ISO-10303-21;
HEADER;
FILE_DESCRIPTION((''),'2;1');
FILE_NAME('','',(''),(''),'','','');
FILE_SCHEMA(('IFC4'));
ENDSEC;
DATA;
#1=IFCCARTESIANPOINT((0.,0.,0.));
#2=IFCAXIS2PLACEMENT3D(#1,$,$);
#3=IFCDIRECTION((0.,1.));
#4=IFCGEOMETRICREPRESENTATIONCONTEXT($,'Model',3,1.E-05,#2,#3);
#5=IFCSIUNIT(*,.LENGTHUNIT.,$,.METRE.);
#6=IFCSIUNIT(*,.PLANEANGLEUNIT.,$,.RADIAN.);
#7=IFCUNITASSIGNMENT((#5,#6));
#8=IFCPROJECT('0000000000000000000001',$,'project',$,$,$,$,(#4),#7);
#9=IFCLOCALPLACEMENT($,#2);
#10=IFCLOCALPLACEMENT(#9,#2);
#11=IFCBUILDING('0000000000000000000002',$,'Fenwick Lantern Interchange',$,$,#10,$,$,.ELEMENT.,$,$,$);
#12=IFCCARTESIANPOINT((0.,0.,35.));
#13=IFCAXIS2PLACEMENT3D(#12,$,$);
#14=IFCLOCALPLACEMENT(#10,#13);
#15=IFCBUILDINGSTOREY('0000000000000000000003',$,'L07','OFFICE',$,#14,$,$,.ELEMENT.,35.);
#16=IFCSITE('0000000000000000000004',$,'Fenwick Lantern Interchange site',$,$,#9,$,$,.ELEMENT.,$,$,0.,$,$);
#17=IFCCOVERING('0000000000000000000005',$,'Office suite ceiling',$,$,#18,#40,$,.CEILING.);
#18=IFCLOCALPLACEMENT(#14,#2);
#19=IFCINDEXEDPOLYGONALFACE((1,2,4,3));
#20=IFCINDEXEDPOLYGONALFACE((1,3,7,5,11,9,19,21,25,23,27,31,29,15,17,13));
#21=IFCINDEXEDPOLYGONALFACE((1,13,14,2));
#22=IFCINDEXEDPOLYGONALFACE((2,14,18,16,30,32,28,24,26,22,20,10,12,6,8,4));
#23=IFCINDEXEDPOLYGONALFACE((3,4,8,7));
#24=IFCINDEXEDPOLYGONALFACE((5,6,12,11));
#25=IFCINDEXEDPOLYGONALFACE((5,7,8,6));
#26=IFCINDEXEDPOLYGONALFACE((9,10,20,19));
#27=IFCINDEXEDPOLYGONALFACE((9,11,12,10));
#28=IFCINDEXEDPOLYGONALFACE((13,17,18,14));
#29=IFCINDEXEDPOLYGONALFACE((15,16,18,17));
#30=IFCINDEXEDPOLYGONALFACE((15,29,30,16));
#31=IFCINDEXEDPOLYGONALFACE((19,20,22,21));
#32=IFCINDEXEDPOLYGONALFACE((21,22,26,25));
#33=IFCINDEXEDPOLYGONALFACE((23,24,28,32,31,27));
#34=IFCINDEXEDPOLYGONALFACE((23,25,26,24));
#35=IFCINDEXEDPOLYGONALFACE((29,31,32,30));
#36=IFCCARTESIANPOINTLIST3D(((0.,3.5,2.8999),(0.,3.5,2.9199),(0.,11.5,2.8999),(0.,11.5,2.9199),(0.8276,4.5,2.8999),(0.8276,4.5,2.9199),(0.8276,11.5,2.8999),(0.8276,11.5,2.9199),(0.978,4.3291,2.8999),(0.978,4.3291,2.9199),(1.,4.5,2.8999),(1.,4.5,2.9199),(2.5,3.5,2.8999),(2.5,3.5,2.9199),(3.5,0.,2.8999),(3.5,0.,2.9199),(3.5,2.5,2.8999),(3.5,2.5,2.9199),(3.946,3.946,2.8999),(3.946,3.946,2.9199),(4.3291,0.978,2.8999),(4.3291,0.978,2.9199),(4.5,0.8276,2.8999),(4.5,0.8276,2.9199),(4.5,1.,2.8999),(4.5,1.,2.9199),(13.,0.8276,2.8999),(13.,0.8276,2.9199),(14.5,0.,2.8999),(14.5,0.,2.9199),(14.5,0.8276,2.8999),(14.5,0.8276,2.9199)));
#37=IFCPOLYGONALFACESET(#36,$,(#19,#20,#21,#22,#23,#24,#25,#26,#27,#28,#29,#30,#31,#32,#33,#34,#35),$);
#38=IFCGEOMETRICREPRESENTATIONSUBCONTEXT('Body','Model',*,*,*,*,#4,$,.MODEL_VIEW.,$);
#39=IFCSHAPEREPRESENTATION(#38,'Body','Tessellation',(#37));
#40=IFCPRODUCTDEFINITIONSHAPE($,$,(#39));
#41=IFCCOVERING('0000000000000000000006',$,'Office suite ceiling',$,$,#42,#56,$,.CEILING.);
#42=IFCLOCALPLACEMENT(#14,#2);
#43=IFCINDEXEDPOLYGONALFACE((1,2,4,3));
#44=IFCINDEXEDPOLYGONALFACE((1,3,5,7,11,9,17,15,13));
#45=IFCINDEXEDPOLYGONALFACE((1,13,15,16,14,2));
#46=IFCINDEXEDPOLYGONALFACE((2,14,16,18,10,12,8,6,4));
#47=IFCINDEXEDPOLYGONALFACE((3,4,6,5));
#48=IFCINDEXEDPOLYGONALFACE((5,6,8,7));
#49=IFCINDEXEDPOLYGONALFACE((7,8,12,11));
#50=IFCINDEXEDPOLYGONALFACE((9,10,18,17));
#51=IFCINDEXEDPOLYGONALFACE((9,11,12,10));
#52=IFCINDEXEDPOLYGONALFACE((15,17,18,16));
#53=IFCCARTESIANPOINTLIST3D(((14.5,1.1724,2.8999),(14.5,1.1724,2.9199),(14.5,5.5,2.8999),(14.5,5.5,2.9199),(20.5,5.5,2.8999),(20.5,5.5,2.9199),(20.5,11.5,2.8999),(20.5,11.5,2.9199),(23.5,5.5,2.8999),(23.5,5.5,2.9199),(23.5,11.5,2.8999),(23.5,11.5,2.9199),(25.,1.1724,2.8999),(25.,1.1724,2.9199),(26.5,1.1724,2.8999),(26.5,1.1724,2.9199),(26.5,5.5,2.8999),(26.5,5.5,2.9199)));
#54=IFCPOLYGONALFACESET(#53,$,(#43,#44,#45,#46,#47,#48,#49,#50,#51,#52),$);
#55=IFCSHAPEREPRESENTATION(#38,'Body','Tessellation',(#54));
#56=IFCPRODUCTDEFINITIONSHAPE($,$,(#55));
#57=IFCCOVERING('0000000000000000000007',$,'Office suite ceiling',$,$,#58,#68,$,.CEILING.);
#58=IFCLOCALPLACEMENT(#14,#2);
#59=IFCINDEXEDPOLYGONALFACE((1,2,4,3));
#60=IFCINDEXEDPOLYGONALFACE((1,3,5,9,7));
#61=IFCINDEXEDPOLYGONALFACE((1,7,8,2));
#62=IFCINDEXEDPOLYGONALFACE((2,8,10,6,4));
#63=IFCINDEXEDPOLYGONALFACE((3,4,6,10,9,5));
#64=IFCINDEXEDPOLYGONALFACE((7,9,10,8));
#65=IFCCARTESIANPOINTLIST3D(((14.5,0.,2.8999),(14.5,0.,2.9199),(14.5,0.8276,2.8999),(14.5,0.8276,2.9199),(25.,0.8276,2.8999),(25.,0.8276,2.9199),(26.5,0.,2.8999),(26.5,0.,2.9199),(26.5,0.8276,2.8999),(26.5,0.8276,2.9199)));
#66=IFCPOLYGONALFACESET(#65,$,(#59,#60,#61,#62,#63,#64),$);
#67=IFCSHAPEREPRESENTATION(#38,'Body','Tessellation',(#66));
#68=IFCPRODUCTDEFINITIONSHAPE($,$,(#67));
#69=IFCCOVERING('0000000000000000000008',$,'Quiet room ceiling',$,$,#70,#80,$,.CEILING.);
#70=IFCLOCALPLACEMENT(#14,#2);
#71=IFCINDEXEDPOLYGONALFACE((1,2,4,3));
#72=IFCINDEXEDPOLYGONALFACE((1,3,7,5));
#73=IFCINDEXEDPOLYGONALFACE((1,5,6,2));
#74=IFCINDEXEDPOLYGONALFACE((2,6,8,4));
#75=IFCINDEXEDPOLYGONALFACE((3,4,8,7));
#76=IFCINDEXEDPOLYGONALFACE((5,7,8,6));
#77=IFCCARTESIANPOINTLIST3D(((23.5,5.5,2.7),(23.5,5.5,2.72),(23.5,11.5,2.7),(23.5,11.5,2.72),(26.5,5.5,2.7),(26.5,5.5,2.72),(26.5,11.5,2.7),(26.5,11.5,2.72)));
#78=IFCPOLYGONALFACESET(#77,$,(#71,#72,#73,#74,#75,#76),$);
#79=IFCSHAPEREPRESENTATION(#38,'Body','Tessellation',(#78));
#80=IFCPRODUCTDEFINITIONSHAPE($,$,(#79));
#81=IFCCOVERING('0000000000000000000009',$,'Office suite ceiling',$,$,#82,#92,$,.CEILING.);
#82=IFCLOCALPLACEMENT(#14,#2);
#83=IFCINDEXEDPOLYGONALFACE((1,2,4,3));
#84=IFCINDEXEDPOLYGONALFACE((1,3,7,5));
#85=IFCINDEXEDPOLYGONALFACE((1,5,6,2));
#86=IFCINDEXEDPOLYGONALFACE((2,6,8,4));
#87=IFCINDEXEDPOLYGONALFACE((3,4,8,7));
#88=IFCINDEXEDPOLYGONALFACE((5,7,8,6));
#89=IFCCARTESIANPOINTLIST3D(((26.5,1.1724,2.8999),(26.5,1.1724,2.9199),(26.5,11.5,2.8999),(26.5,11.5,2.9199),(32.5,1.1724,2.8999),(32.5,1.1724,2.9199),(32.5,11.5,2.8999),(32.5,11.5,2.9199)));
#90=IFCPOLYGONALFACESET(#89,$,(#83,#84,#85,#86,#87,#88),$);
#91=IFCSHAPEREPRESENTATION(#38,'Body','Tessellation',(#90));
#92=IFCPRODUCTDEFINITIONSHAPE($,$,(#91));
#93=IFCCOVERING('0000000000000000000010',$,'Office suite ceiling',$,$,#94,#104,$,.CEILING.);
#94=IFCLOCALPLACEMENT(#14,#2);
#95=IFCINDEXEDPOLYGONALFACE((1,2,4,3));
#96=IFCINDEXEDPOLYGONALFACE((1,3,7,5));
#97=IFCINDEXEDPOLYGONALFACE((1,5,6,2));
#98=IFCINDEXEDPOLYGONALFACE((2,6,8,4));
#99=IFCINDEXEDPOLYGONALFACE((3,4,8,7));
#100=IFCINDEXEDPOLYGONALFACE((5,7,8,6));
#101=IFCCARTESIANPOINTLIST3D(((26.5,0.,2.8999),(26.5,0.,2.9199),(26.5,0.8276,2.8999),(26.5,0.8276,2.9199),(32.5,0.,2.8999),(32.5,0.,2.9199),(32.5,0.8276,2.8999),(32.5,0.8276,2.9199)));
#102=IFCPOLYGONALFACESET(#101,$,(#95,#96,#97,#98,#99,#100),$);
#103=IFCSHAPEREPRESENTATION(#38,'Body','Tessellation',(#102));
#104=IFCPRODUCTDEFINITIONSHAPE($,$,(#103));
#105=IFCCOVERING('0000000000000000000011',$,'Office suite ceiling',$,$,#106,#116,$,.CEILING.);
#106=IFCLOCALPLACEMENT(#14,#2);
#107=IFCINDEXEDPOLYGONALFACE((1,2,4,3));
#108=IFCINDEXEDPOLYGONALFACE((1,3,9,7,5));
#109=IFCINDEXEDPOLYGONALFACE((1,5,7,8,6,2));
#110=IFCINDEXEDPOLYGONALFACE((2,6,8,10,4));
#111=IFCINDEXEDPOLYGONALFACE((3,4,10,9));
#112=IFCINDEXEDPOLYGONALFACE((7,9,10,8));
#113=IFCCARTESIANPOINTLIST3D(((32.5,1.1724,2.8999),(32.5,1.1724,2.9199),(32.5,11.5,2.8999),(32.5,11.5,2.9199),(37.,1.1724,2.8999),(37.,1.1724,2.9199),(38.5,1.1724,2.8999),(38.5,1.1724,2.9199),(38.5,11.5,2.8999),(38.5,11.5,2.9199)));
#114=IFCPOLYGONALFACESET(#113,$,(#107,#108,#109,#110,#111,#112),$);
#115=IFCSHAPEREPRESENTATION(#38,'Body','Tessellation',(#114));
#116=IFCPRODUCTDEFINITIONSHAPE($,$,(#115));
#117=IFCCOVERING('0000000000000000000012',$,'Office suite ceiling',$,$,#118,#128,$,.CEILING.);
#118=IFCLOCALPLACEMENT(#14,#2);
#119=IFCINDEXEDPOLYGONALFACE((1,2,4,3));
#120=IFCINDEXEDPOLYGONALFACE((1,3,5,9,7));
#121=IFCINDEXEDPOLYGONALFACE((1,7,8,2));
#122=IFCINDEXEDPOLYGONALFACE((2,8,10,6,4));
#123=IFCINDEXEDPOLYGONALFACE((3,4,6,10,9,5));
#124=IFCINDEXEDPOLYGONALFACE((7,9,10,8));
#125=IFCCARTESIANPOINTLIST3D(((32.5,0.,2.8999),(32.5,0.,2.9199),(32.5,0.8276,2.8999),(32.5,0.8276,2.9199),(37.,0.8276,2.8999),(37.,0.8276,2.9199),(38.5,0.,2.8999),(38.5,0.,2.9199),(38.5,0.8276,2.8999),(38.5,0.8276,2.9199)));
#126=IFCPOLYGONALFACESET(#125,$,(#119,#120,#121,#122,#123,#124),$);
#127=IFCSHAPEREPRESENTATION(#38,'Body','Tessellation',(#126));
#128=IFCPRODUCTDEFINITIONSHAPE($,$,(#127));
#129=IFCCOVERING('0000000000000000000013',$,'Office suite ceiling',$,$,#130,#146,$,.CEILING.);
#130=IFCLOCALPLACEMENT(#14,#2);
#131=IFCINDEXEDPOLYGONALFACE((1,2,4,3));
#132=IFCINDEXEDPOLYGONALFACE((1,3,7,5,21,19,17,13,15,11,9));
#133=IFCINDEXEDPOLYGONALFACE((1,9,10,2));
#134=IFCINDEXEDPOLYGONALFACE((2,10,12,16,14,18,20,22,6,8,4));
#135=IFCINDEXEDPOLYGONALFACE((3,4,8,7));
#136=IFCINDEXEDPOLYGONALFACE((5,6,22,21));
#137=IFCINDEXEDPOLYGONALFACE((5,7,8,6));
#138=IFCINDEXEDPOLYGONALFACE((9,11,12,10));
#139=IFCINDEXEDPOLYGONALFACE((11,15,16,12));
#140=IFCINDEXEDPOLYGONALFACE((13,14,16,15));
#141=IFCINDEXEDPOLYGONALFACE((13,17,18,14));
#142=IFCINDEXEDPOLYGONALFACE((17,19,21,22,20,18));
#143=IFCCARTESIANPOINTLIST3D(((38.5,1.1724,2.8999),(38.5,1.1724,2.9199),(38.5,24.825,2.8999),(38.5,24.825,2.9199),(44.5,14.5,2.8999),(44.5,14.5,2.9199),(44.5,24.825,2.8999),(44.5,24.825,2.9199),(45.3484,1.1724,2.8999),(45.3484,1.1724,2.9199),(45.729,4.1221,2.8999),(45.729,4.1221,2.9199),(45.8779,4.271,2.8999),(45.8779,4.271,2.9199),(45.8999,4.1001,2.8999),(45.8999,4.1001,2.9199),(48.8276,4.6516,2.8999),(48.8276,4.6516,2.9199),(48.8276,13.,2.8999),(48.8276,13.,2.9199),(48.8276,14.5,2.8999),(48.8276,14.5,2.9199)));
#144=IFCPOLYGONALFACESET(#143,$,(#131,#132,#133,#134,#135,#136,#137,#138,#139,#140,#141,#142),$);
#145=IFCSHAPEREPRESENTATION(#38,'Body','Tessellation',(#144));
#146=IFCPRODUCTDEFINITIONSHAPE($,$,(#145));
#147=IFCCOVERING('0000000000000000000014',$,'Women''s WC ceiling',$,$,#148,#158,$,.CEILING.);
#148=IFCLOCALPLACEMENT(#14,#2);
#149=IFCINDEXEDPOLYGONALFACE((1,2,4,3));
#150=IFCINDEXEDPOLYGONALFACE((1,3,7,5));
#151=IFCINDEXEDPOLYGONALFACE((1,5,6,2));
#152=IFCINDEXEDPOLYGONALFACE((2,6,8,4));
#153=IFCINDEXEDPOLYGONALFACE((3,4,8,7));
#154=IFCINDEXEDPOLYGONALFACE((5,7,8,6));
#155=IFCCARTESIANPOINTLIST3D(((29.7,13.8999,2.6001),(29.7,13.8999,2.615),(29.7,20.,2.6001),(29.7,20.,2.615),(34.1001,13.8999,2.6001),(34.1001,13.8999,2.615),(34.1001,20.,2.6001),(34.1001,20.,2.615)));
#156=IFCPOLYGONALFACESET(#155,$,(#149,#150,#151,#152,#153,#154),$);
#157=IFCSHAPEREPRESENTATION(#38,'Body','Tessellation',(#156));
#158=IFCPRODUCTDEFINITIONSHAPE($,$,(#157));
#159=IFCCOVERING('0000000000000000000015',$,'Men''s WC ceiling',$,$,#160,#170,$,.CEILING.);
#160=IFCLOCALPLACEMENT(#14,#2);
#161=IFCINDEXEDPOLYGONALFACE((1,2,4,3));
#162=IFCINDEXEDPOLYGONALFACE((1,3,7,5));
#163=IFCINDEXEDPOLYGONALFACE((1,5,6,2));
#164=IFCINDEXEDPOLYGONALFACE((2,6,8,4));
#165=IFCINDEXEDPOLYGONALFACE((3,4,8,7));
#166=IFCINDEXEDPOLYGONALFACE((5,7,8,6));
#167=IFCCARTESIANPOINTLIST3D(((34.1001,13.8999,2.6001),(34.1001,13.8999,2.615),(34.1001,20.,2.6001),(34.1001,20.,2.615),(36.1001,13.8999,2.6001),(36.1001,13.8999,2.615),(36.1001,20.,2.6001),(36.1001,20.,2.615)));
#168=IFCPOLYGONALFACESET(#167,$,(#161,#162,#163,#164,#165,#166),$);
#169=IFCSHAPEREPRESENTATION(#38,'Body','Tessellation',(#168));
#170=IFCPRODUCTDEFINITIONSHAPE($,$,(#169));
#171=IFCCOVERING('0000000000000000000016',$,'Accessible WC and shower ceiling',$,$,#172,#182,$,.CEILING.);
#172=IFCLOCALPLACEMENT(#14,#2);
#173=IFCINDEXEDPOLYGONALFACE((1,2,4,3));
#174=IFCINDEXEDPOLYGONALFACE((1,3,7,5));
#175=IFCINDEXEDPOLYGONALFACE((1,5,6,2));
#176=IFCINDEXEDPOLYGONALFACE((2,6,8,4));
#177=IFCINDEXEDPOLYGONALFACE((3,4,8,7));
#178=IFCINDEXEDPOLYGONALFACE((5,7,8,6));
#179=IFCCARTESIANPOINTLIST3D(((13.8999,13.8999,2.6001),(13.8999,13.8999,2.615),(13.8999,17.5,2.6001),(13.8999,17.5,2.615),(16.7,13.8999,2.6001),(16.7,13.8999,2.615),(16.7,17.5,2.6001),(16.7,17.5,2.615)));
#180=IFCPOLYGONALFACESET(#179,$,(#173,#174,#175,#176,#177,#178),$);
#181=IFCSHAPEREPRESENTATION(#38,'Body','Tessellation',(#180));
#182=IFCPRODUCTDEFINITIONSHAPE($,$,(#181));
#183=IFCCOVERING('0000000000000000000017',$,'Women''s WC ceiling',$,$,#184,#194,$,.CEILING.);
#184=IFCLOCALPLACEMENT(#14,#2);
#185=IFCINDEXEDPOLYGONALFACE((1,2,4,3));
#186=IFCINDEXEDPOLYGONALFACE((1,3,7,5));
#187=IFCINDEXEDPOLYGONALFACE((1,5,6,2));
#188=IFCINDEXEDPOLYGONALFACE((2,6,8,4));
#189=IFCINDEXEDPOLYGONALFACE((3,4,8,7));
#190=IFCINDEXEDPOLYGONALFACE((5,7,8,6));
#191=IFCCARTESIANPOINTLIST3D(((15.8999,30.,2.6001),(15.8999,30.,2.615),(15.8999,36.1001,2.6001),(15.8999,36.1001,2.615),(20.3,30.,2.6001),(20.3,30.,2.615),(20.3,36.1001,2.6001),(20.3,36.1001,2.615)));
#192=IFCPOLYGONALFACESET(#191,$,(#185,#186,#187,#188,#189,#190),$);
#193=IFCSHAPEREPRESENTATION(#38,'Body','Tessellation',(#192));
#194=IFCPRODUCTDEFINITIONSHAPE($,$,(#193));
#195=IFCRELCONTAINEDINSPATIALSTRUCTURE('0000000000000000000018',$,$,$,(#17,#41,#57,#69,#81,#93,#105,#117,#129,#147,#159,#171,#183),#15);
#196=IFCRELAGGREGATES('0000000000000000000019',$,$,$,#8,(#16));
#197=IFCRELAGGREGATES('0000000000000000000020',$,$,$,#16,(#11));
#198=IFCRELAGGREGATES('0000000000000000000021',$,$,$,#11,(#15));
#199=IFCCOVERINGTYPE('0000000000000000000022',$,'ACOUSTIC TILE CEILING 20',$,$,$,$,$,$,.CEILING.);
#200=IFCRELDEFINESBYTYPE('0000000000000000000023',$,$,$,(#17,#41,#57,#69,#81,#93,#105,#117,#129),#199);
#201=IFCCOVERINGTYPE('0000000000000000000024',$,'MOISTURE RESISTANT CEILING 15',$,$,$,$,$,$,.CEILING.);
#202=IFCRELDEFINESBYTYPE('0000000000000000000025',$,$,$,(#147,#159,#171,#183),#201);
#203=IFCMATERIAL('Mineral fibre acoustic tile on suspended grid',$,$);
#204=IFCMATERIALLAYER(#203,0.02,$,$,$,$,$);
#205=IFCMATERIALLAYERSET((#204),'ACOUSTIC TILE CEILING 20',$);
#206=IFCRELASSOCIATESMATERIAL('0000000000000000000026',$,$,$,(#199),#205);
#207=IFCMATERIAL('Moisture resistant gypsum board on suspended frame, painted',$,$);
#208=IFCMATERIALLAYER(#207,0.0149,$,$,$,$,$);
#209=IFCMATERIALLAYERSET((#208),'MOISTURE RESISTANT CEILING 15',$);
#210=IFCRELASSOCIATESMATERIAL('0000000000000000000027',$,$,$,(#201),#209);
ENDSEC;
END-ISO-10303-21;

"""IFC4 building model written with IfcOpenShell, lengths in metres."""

from ifc_helpers import new_model, si_unit, direction, frame, origin, place, context, subcontext, project, spatial, polyline, outline, extrude, material, layer, layer_set, type_object, element, save


model = new_model("IFC4")

# Units and contexts
model_context = context("Model", 3, precision=1e-05, world=origin(), true_north=direction((0.0, 1.0)))
body_context = subcontext(model_context, "Body", "Model", "MODEL_VIEW")
ifc_project = project(units=[si_unit("LENGTHUNIT", "METRE"), si_unit("PLANEANGLEUNIT", "RADIAN")], contexts=[model_context])

# Site, building, storey
site_placement = place(None, origin())
site = spatial("IfcSite", under=ifc_project, at=site_placement, Name="Fenwick Lantern Interchange site", CompositionType="ELEMENT", RefElevation=0.0)
building_placement = place(site_placement, origin())
building = spatial("IfcBuilding", under=site, at=building_placement, Name="Fenwick Lantern Interchange", CompositionType="ELEMENT")
storey_placement = place(building_placement, frame((0.0, 0.0, 35.0)))
storey = spatial("IfcBuildingStorey", under=building, at=storey_placement, Name="L07", Description="OFFICE", CompositionType="ELEMENT", Elevation=35.0)

# Coverings
ifc_material_1 = material(Name="Mineral fibre acoustic tile on suspended grid")
ifc_layer_1 = layer(ifc_material_1, 0.02)
ifc_layer_set_1 = layer_set([ifc_layer_1], Name="ACOUSTIC TILE CEILING 20")
covering_type_1 = type_object("IfcCoveringType", Name="ACOUSTIC TILE CEILING 20", PredefinedType="CEILING", material=ifc_layer_set_1)
covering_1_placement = place(storey_placement, frame((0.0, 0.0, 2.8999)))
element("IfcCovering", 1, at=covering_1_placement, inside=storey, type_object=covering_type_1, Name="Office suite ceiling", PredefinedType="CEILING", context=body_context, shape_type="SweptSolid", body=[
    extrude(outline(polyline([(2.5, 3.5), (3.5, 2.5), (3.5, 0.0), (14.5, 0.0), (14.5, 0.8276), (13.0, 0.8276), (4.5, 0.8276), (4.5, 1.0), (4.3291, 0.978), (3.946, 3.946), (0.978, 4.3291), (1.0, 4.5), (0.8276, 4.5), (0.8276, 11.5), (0.0, 11.5), (0.0, 3.5), (2.5, 3.5)])), origin(), (0.0, 0.0, 1.0), 0.02),
])
covering_2_placement = place(storey_placement, frame((0.0, 0.0, 2.8999)))
element("IfcCovering", 2, at=covering_2_placement, inside=storey, type_object=covering_type_1, Name="Office suite ceiling", PredefinedType="CEILING", context=body_context, shape_type="SweptSolid", body=[
    extrude(outline(polyline([(14.5, 5.5), (14.5, 1.1724), (25.0, 1.1724), (26.5, 1.1724), (26.5, 5.5), (23.5, 5.5), (23.5, 11.5), (20.5, 11.5), (20.5, 5.5), (14.5, 5.5)])), origin(), (0.0, 0.0, 1.0), 0.02),
])
covering_3_placement = place(storey_placement, frame((0.0, 0.0, 2.8999)))
element("IfcCovering", 3, at=covering_3_placement, inside=storey, type_object=covering_type_1, Name="Office suite ceiling", PredefinedType="CEILING", context=body_context, shape_type="SweptSolid", body=[
    extrude(outline(polyline([(14.5, 0.8276), (14.5, 0.0), (26.5, 0.0), (26.5, 0.8276), (25.0, 0.8276), (14.5, 0.8276)])), origin(), (0.0, 0.0, 1.0), 0.02),
])
covering_4_placement = place(storey_placement, frame((0.0, 0.0, 2.7)))
element("IfcCovering", 4, at=covering_4_placement, inside=storey, type_object=covering_type_1, Name="Quiet room ceiling", PredefinedType="CEILING", context=body_context, shape_type="SweptSolid", body=[
    extrude(outline(polyline([(23.5, 5.5), (26.5, 5.5), (26.5, 11.5), (23.5, 11.5), (23.5, 5.5)])), origin(), (0.0, 0.0, 1.0), 0.02),
])
covering_5_placement = place(storey_placement, frame((0.0, 0.0, 2.8999)))
element("IfcCovering", 5, at=covering_5_placement, inside=storey, type_object=covering_type_1, Name="Office suite ceiling", PredefinedType="CEILING", context=body_context, shape_type="SweptSolid", body=[
    extrude(outline(polyline([(26.5, 11.5), (26.5, 1.1724), (32.5, 1.1724), (32.5, 11.5), (26.5, 11.5)])), origin(), (0.0, 0.0, 1.0), 0.02),
])
covering_6_placement = place(storey_placement, frame((0.0, 0.0, 2.8999)))
element("IfcCovering", 6, at=covering_6_placement, inside=storey, type_object=covering_type_1, Name="Office suite ceiling", PredefinedType="CEILING", context=body_context, shape_type="SweptSolid", body=[
    extrude(outline(polyline([(26.5, 0.0), (32.5, 0.0), (32.5, 0.8276), (26.5, 0.8276), (26.5, 0.0)])), origin(), (0.0, 0.0, 1.0), 0.02),
])
covering_7_placement = place(storey_placement, frame((0.0, 0.0, 2.8999)))
element("IfcCovering", 7, at=covering_7_placement, inside=storey, type_object=covering_type_1, Name="Office suite ceiling", PredefinedType="CEILING", context=body_context, shape_type="SweptSolid", body=[
    extrude(outline(polyline([(32.5, 11.5), (32.5, 1.1724), (37.0, 1.1724), (38.5, 1.1724), (38.5, 11.5), (32.5, 11.5)])), origin(), (0.0, 0.0, 1.0), 0.02),
])
covering_8_placement = place(storey_placement, frame((0.0, 0.0, 2.8999)))
element("IfcCovering", 8, at=covering_8_placement, inside=storey, type_object=covering_type_1, Name="Office suite ceiling", PredefinedType="CEILING", context=body_context, shape_type="SweptSolid", body=[
    extrude(outline(polyline([(32.5, 0.0), (38.5, 0.0), (38.5, 0.8276), (37.0, 0.8276), (32.5, 0.8276), (32.5, 0.0)])), origin(), (0.0, 0.0, 1.0), 0.02),
])
covering_9_placement = place(storey_placement, frame((0.0, 0.0, 2.8999)))
element("IfcCovering", 9, at=covering_9_placement, inside=storey, type_object=covering_type_1, Name="Office suite ceiling", PredefinedType="CEILING", context=body_context, shape_type="SweptSolid", body=[
    extrude(outline(polyline([(38.5, 24.825), (38.5, 1.1724), (45.3484, 1.1724), (45.729, 4.1221), (45.8999, 4.1001), (45.8779, 4.271), (48.8276, 4.6516), (48.8276, 13.0), (48.8276, 14.5), (44.5, 14.5), (44.5, 24.825), (38.5, 24.825)])), origin(), (0.0, 0.0, 1.0), 0.02),
])
ifc_material_2 = material(Name="Moisture resistant gypsum board on suspended frame, painted")
ifc_layer_2 = layer(ifc_material_2, 0.0149)
ifc_layer_set_2 = layer_set([ifc_layer_2], Name="MOISTURE RESISTANT CEILING 15")
covering_type_2 = type_object("IfcCoveringType", Name="MOISTURE RESISTANT CEILING 15", PredefinedType="CEILING", material=ifc_layer_set_2)
covering_10_placement = place(storey_placement, frame((0.0, 0.0, 2.6001)))
element("IfcCovering", 10, at=covering_10_placement, inside=storey, type_object=covering_type_2, Name="Women's WC ceiling", PredefinedType="CEILING", context=body_context, shape_type="SweptSolid", body=[
    extrude(outline(polyline([(29.7, 13.8999), (34.1001, 13.8999), (34.1001, 20.0), (29.7, 20.0), (29.7, 13.8999)])), origin(), (0.0, 0.0, 1.0), 0.0149),
])
covering_11_placement = place(storey_placement, frame((0.0, 0.0, 2.6001)))
element("IfcCovering", 11, at=covering_11_placement, inside=storey, type_object=covering_type_2, Name="Men's WC ceiling", PredefinedType="CEILING", context=body_context, shape_type="SweptSolid", body=[
    extrude(outline(polyline([(34.1001, 13.8999), (36.1001, 13.8999), (36.1001, 20.0), (34.1001, 20.0), (34.1001, 13.8999)])), origin(), (0.0, 0.0, 1.0), 0.0149),
])
covering_12_placement = place(storey_placement, frame((0.0, 0.0, 2.6001)))
element("IfcCovering", 12, at=covering_12_placement, inside=storey, type_object=covering_type_2, Name="Accessible WC and shower ceiling", PredefinedType="CEILING", context=body_context, shape_type="SweptSolid", body=[
    extrude(outline(polyline([(13.8999, 13.8999), (16.7, 13.8999), (16.7, 17.5), (13.8999, 17.5), (13.8999, 13.8999)])), origin(), (0.0, 0.0, 1.0), 0.0149),
])
covering_13_placement = place(storey_placement, frame((0.0, 0.0, 2.6001)))
element("IfcCovering", 13, at=covering_13_placement, inside=storey, type_object=covering_type_2, Name="Women's WC ceiling", PredefinedType="CEILING", context=body_context, shape_type="SweptSolid", body=[
    extrude(outline(polyline([(20.3, 36.1001), (15.8999, 36.1001), (15.8999, 30.0), (20.3, 30.0), (20.3, 36.1001)])), origin(), (0.0, 0.0, 1.0), 0.0149),
])

save(model, "model.ifc")
